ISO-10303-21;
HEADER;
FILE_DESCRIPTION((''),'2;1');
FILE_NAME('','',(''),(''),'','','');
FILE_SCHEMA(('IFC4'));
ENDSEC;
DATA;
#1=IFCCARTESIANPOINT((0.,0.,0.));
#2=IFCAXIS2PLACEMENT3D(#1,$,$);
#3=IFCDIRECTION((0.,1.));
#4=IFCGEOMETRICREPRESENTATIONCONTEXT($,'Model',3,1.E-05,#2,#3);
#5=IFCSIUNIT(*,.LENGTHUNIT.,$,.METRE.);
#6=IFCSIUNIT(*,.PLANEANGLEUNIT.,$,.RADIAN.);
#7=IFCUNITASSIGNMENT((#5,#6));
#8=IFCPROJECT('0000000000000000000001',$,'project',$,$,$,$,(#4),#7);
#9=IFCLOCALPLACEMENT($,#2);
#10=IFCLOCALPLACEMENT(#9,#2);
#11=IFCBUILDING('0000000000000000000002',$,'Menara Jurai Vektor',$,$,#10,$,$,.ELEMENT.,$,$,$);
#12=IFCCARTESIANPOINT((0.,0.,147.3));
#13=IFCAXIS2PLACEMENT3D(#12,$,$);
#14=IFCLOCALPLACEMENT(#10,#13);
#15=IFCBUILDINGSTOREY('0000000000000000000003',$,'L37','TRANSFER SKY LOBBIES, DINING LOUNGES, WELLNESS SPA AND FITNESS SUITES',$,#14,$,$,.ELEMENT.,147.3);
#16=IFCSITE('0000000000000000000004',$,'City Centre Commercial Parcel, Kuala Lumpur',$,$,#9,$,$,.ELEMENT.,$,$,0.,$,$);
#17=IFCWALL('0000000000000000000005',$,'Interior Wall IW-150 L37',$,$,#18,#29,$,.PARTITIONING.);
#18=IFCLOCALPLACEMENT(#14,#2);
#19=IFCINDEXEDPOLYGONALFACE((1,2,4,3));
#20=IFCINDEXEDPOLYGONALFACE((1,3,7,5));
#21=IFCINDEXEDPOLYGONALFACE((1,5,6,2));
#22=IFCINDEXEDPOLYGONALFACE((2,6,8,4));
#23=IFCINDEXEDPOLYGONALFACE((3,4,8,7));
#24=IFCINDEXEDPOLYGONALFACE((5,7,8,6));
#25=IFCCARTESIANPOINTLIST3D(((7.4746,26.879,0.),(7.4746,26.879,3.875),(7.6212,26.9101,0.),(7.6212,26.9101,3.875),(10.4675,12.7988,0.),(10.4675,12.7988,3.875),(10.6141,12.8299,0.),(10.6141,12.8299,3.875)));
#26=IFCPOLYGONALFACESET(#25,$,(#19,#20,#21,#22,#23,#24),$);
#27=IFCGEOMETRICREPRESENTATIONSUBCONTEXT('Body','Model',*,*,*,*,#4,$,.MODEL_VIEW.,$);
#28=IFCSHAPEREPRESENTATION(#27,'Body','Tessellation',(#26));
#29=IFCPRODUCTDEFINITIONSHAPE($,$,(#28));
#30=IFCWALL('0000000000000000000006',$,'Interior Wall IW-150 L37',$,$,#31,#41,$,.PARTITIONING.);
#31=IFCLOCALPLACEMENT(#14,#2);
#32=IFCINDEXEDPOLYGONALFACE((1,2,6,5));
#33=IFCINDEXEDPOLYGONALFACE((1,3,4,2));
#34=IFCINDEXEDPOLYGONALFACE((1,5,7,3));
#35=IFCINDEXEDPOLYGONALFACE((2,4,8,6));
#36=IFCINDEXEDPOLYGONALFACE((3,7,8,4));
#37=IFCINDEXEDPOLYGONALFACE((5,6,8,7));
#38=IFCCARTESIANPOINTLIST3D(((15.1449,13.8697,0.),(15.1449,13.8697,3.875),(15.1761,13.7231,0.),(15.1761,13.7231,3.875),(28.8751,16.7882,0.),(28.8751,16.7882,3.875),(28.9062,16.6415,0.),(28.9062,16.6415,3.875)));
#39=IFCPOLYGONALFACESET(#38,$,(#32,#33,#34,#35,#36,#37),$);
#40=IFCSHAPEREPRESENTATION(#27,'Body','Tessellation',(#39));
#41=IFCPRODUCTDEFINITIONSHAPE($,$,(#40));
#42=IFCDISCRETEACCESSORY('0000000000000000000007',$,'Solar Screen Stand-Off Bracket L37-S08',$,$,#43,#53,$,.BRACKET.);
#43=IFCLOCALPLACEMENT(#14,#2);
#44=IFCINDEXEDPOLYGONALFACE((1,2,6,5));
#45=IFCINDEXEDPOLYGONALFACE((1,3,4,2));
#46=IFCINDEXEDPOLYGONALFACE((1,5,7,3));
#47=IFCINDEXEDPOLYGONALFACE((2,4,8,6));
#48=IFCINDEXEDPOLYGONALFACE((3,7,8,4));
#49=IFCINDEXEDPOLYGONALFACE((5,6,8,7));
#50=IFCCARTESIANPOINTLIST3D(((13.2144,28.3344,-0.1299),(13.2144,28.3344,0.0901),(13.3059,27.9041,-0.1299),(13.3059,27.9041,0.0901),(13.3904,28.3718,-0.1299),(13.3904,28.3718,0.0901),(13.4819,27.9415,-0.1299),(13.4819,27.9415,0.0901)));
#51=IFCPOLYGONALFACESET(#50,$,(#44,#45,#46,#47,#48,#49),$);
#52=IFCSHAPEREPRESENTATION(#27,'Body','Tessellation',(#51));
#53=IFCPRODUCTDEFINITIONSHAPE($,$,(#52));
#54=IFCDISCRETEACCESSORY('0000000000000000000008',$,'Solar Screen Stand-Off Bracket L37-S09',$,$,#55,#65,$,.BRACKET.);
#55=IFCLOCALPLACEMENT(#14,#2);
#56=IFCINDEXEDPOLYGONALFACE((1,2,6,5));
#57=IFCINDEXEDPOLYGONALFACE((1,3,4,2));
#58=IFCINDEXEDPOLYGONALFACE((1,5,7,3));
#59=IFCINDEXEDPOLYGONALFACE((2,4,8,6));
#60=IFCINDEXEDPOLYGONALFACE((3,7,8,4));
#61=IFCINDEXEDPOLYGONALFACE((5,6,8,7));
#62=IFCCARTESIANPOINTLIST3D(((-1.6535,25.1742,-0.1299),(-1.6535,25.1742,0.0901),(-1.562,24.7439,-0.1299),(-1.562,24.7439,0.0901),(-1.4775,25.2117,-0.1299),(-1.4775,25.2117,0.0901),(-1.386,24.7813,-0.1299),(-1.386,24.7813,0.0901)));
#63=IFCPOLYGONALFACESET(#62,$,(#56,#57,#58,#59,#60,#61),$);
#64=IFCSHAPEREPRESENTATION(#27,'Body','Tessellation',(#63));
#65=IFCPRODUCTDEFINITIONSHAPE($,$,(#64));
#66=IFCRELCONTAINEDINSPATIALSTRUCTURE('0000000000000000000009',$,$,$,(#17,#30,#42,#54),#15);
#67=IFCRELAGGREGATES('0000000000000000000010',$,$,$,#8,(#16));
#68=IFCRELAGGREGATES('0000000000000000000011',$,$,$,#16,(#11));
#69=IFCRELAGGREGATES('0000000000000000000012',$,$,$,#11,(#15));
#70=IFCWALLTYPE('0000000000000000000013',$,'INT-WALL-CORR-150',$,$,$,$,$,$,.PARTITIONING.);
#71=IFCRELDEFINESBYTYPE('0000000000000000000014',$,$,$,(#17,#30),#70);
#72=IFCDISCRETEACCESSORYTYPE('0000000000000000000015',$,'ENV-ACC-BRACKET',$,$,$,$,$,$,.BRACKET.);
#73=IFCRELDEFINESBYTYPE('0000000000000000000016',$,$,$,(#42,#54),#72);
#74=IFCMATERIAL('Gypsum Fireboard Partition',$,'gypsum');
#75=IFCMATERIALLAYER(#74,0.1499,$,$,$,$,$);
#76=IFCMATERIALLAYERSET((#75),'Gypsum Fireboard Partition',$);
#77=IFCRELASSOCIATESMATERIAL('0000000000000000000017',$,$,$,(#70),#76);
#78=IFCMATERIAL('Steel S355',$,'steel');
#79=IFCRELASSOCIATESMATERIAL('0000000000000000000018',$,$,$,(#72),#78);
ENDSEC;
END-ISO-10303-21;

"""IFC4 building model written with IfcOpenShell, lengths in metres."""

from ifc_helpers import new_model, si_unit, direction, frame, frame_2d, origin, origin_2d, place, context, subcontext, project, spatial, rectangle, extrude, material, layer, layer_set, type_object, element, save


model = new_model("IFC4")

# Units and contexts
model_context = context("Model", 3, precision=1e-05, world=origin(), true_north=direction((0.0, 1.0)))
body_context = subcontext(model_context, "Body", "Model", "MODEL_VIEW")
ifc_project = project(units=[si_unit("LENGTHUNIT", "METRE"), si_unit("PLANEANGLEUNIT", "RADIAN")], contexts=[model_context])

# Site, building, storey
site_placement = place(None, origin())
site = spatial("IfcSite", under=ifc_project, at=site_placement, Name="City Centre Commercial Parcel, Kuala Lumpur", CompositionType="ELEMENT", RefElevation=0.0)
building_placement = place(site_placement, origin())
building = spatial("IfcBuilding", under=site, at=building_placement, Name="Menara Jurai Vektor", CompositionType="ELEMENT")
storey_placement = place(building_placement, frame((0.0, 0.0, 147.3)))
storey = spatial("IfcBuildingStorey", under=building, at=storey_placement, Name="L37", Description="TRANSFER SKY LOBBIES, DINING LOUNGES, WELLNESS SPA AND FITNESS SUITES", CompositionType="ELEMENT", Elevation=147.3)

# Shared definitions
ifc_material_1 = material(Name="Steel S355", Category="steel")

# Walls
ifc_material_2 = material(Name="Gypsum Fireboard Partition", Category="gypsum")
ifc_layer_1 = layer(ifc_material_2, 0.1499)
ifc_layer_set_1 = layer_set([ifc_layer_1], Name="Gypsum Fireboard Partition")
wall_type = type_object("IfcWallType", Name="INT-WALL-CORR-150", PredefinedType="PARTITIONING", material=ifc_layer_set_1)
wall_1_placement = place(storey_placement, frame((10.5408, 12.8145, 0.0), z_axis=(0.0, 0.0, 1.0), x_axis=(-0.207915, 0.978147, 0.0)))
element("IfcWall", 1, at=wall_1_placement, inside=storey, type_object=wall_type, Name="Interior Wall IW-150 L37", PredefinedType="PARTITIONING", context=body_context, shape_type="SweptSolid", body=[
    extrude(rectangle(XDim=14.3948, YDim=0.1499, at=frame_2d((7.1973, 0.0))), origin(), (0.0, 0.0, 1.0), 3.875),
])
wall_2_placement = place(storey_placement, frame((15.1604, 13.7964, 0.0), z_axis=(0.0, 0.0, 1.0), x_axis=(0.978147, 0.207912, 0.0)))
element("IfcWall", 2, at=wall_2_placement, inside=storey, type_object=wall_type, Name="Interior Wall IW-150 L37", PredefinedType="PARTITIONING", context=body_context, shape_type="SweptSolid", body=[
    extrude(rectangle(XDim=14.0369, YDim=0.1499, at=frame_2d((7.0186, 0.0))), origin(), (0.0, 0.0, 1.0), 3.875),
])

# Discrete accessories
discrete_accessory_type = type_object("IfcDiscreteAccessoryType", Name="ENV-ACC-BRACKET", PredefinedType="BRACKET", material=ifc_material_1)
for number, where, z_axis, x_axis, name in (
    (3, (13.3481, 28.1379, -0.1299), (0.0, 0.0, 1.0), (-0.978148, -0.207912, 0.0), "Solar Screen Stand-Off Bracket L37-S08"),
    (4, (-1.5198, 24.9778, -0.1299), (0.0, 0.0, 1.0), (-0.978148, -0.207912, 0.0), "Solar Screen Stand-Off Bracket L37-S09"),
):
    element("IfcDiscreteAccessory", number, at=place(storey_placement, frame(where, z_axis=z_axis, x_axis=x_axis)), inside=storey, type_object=discrete_accessory_type, Name=name, PredefinedType="BRACKET", context=body_context, shape_type="SweptSolid", body=[
        extrude(rectangle(XDim=0.1799, YDim=0.4399, at=origin_2d()), origin(), (0.0, 0.0, 1.0), 0.22),
    ])

save(model, "model.ifc")
